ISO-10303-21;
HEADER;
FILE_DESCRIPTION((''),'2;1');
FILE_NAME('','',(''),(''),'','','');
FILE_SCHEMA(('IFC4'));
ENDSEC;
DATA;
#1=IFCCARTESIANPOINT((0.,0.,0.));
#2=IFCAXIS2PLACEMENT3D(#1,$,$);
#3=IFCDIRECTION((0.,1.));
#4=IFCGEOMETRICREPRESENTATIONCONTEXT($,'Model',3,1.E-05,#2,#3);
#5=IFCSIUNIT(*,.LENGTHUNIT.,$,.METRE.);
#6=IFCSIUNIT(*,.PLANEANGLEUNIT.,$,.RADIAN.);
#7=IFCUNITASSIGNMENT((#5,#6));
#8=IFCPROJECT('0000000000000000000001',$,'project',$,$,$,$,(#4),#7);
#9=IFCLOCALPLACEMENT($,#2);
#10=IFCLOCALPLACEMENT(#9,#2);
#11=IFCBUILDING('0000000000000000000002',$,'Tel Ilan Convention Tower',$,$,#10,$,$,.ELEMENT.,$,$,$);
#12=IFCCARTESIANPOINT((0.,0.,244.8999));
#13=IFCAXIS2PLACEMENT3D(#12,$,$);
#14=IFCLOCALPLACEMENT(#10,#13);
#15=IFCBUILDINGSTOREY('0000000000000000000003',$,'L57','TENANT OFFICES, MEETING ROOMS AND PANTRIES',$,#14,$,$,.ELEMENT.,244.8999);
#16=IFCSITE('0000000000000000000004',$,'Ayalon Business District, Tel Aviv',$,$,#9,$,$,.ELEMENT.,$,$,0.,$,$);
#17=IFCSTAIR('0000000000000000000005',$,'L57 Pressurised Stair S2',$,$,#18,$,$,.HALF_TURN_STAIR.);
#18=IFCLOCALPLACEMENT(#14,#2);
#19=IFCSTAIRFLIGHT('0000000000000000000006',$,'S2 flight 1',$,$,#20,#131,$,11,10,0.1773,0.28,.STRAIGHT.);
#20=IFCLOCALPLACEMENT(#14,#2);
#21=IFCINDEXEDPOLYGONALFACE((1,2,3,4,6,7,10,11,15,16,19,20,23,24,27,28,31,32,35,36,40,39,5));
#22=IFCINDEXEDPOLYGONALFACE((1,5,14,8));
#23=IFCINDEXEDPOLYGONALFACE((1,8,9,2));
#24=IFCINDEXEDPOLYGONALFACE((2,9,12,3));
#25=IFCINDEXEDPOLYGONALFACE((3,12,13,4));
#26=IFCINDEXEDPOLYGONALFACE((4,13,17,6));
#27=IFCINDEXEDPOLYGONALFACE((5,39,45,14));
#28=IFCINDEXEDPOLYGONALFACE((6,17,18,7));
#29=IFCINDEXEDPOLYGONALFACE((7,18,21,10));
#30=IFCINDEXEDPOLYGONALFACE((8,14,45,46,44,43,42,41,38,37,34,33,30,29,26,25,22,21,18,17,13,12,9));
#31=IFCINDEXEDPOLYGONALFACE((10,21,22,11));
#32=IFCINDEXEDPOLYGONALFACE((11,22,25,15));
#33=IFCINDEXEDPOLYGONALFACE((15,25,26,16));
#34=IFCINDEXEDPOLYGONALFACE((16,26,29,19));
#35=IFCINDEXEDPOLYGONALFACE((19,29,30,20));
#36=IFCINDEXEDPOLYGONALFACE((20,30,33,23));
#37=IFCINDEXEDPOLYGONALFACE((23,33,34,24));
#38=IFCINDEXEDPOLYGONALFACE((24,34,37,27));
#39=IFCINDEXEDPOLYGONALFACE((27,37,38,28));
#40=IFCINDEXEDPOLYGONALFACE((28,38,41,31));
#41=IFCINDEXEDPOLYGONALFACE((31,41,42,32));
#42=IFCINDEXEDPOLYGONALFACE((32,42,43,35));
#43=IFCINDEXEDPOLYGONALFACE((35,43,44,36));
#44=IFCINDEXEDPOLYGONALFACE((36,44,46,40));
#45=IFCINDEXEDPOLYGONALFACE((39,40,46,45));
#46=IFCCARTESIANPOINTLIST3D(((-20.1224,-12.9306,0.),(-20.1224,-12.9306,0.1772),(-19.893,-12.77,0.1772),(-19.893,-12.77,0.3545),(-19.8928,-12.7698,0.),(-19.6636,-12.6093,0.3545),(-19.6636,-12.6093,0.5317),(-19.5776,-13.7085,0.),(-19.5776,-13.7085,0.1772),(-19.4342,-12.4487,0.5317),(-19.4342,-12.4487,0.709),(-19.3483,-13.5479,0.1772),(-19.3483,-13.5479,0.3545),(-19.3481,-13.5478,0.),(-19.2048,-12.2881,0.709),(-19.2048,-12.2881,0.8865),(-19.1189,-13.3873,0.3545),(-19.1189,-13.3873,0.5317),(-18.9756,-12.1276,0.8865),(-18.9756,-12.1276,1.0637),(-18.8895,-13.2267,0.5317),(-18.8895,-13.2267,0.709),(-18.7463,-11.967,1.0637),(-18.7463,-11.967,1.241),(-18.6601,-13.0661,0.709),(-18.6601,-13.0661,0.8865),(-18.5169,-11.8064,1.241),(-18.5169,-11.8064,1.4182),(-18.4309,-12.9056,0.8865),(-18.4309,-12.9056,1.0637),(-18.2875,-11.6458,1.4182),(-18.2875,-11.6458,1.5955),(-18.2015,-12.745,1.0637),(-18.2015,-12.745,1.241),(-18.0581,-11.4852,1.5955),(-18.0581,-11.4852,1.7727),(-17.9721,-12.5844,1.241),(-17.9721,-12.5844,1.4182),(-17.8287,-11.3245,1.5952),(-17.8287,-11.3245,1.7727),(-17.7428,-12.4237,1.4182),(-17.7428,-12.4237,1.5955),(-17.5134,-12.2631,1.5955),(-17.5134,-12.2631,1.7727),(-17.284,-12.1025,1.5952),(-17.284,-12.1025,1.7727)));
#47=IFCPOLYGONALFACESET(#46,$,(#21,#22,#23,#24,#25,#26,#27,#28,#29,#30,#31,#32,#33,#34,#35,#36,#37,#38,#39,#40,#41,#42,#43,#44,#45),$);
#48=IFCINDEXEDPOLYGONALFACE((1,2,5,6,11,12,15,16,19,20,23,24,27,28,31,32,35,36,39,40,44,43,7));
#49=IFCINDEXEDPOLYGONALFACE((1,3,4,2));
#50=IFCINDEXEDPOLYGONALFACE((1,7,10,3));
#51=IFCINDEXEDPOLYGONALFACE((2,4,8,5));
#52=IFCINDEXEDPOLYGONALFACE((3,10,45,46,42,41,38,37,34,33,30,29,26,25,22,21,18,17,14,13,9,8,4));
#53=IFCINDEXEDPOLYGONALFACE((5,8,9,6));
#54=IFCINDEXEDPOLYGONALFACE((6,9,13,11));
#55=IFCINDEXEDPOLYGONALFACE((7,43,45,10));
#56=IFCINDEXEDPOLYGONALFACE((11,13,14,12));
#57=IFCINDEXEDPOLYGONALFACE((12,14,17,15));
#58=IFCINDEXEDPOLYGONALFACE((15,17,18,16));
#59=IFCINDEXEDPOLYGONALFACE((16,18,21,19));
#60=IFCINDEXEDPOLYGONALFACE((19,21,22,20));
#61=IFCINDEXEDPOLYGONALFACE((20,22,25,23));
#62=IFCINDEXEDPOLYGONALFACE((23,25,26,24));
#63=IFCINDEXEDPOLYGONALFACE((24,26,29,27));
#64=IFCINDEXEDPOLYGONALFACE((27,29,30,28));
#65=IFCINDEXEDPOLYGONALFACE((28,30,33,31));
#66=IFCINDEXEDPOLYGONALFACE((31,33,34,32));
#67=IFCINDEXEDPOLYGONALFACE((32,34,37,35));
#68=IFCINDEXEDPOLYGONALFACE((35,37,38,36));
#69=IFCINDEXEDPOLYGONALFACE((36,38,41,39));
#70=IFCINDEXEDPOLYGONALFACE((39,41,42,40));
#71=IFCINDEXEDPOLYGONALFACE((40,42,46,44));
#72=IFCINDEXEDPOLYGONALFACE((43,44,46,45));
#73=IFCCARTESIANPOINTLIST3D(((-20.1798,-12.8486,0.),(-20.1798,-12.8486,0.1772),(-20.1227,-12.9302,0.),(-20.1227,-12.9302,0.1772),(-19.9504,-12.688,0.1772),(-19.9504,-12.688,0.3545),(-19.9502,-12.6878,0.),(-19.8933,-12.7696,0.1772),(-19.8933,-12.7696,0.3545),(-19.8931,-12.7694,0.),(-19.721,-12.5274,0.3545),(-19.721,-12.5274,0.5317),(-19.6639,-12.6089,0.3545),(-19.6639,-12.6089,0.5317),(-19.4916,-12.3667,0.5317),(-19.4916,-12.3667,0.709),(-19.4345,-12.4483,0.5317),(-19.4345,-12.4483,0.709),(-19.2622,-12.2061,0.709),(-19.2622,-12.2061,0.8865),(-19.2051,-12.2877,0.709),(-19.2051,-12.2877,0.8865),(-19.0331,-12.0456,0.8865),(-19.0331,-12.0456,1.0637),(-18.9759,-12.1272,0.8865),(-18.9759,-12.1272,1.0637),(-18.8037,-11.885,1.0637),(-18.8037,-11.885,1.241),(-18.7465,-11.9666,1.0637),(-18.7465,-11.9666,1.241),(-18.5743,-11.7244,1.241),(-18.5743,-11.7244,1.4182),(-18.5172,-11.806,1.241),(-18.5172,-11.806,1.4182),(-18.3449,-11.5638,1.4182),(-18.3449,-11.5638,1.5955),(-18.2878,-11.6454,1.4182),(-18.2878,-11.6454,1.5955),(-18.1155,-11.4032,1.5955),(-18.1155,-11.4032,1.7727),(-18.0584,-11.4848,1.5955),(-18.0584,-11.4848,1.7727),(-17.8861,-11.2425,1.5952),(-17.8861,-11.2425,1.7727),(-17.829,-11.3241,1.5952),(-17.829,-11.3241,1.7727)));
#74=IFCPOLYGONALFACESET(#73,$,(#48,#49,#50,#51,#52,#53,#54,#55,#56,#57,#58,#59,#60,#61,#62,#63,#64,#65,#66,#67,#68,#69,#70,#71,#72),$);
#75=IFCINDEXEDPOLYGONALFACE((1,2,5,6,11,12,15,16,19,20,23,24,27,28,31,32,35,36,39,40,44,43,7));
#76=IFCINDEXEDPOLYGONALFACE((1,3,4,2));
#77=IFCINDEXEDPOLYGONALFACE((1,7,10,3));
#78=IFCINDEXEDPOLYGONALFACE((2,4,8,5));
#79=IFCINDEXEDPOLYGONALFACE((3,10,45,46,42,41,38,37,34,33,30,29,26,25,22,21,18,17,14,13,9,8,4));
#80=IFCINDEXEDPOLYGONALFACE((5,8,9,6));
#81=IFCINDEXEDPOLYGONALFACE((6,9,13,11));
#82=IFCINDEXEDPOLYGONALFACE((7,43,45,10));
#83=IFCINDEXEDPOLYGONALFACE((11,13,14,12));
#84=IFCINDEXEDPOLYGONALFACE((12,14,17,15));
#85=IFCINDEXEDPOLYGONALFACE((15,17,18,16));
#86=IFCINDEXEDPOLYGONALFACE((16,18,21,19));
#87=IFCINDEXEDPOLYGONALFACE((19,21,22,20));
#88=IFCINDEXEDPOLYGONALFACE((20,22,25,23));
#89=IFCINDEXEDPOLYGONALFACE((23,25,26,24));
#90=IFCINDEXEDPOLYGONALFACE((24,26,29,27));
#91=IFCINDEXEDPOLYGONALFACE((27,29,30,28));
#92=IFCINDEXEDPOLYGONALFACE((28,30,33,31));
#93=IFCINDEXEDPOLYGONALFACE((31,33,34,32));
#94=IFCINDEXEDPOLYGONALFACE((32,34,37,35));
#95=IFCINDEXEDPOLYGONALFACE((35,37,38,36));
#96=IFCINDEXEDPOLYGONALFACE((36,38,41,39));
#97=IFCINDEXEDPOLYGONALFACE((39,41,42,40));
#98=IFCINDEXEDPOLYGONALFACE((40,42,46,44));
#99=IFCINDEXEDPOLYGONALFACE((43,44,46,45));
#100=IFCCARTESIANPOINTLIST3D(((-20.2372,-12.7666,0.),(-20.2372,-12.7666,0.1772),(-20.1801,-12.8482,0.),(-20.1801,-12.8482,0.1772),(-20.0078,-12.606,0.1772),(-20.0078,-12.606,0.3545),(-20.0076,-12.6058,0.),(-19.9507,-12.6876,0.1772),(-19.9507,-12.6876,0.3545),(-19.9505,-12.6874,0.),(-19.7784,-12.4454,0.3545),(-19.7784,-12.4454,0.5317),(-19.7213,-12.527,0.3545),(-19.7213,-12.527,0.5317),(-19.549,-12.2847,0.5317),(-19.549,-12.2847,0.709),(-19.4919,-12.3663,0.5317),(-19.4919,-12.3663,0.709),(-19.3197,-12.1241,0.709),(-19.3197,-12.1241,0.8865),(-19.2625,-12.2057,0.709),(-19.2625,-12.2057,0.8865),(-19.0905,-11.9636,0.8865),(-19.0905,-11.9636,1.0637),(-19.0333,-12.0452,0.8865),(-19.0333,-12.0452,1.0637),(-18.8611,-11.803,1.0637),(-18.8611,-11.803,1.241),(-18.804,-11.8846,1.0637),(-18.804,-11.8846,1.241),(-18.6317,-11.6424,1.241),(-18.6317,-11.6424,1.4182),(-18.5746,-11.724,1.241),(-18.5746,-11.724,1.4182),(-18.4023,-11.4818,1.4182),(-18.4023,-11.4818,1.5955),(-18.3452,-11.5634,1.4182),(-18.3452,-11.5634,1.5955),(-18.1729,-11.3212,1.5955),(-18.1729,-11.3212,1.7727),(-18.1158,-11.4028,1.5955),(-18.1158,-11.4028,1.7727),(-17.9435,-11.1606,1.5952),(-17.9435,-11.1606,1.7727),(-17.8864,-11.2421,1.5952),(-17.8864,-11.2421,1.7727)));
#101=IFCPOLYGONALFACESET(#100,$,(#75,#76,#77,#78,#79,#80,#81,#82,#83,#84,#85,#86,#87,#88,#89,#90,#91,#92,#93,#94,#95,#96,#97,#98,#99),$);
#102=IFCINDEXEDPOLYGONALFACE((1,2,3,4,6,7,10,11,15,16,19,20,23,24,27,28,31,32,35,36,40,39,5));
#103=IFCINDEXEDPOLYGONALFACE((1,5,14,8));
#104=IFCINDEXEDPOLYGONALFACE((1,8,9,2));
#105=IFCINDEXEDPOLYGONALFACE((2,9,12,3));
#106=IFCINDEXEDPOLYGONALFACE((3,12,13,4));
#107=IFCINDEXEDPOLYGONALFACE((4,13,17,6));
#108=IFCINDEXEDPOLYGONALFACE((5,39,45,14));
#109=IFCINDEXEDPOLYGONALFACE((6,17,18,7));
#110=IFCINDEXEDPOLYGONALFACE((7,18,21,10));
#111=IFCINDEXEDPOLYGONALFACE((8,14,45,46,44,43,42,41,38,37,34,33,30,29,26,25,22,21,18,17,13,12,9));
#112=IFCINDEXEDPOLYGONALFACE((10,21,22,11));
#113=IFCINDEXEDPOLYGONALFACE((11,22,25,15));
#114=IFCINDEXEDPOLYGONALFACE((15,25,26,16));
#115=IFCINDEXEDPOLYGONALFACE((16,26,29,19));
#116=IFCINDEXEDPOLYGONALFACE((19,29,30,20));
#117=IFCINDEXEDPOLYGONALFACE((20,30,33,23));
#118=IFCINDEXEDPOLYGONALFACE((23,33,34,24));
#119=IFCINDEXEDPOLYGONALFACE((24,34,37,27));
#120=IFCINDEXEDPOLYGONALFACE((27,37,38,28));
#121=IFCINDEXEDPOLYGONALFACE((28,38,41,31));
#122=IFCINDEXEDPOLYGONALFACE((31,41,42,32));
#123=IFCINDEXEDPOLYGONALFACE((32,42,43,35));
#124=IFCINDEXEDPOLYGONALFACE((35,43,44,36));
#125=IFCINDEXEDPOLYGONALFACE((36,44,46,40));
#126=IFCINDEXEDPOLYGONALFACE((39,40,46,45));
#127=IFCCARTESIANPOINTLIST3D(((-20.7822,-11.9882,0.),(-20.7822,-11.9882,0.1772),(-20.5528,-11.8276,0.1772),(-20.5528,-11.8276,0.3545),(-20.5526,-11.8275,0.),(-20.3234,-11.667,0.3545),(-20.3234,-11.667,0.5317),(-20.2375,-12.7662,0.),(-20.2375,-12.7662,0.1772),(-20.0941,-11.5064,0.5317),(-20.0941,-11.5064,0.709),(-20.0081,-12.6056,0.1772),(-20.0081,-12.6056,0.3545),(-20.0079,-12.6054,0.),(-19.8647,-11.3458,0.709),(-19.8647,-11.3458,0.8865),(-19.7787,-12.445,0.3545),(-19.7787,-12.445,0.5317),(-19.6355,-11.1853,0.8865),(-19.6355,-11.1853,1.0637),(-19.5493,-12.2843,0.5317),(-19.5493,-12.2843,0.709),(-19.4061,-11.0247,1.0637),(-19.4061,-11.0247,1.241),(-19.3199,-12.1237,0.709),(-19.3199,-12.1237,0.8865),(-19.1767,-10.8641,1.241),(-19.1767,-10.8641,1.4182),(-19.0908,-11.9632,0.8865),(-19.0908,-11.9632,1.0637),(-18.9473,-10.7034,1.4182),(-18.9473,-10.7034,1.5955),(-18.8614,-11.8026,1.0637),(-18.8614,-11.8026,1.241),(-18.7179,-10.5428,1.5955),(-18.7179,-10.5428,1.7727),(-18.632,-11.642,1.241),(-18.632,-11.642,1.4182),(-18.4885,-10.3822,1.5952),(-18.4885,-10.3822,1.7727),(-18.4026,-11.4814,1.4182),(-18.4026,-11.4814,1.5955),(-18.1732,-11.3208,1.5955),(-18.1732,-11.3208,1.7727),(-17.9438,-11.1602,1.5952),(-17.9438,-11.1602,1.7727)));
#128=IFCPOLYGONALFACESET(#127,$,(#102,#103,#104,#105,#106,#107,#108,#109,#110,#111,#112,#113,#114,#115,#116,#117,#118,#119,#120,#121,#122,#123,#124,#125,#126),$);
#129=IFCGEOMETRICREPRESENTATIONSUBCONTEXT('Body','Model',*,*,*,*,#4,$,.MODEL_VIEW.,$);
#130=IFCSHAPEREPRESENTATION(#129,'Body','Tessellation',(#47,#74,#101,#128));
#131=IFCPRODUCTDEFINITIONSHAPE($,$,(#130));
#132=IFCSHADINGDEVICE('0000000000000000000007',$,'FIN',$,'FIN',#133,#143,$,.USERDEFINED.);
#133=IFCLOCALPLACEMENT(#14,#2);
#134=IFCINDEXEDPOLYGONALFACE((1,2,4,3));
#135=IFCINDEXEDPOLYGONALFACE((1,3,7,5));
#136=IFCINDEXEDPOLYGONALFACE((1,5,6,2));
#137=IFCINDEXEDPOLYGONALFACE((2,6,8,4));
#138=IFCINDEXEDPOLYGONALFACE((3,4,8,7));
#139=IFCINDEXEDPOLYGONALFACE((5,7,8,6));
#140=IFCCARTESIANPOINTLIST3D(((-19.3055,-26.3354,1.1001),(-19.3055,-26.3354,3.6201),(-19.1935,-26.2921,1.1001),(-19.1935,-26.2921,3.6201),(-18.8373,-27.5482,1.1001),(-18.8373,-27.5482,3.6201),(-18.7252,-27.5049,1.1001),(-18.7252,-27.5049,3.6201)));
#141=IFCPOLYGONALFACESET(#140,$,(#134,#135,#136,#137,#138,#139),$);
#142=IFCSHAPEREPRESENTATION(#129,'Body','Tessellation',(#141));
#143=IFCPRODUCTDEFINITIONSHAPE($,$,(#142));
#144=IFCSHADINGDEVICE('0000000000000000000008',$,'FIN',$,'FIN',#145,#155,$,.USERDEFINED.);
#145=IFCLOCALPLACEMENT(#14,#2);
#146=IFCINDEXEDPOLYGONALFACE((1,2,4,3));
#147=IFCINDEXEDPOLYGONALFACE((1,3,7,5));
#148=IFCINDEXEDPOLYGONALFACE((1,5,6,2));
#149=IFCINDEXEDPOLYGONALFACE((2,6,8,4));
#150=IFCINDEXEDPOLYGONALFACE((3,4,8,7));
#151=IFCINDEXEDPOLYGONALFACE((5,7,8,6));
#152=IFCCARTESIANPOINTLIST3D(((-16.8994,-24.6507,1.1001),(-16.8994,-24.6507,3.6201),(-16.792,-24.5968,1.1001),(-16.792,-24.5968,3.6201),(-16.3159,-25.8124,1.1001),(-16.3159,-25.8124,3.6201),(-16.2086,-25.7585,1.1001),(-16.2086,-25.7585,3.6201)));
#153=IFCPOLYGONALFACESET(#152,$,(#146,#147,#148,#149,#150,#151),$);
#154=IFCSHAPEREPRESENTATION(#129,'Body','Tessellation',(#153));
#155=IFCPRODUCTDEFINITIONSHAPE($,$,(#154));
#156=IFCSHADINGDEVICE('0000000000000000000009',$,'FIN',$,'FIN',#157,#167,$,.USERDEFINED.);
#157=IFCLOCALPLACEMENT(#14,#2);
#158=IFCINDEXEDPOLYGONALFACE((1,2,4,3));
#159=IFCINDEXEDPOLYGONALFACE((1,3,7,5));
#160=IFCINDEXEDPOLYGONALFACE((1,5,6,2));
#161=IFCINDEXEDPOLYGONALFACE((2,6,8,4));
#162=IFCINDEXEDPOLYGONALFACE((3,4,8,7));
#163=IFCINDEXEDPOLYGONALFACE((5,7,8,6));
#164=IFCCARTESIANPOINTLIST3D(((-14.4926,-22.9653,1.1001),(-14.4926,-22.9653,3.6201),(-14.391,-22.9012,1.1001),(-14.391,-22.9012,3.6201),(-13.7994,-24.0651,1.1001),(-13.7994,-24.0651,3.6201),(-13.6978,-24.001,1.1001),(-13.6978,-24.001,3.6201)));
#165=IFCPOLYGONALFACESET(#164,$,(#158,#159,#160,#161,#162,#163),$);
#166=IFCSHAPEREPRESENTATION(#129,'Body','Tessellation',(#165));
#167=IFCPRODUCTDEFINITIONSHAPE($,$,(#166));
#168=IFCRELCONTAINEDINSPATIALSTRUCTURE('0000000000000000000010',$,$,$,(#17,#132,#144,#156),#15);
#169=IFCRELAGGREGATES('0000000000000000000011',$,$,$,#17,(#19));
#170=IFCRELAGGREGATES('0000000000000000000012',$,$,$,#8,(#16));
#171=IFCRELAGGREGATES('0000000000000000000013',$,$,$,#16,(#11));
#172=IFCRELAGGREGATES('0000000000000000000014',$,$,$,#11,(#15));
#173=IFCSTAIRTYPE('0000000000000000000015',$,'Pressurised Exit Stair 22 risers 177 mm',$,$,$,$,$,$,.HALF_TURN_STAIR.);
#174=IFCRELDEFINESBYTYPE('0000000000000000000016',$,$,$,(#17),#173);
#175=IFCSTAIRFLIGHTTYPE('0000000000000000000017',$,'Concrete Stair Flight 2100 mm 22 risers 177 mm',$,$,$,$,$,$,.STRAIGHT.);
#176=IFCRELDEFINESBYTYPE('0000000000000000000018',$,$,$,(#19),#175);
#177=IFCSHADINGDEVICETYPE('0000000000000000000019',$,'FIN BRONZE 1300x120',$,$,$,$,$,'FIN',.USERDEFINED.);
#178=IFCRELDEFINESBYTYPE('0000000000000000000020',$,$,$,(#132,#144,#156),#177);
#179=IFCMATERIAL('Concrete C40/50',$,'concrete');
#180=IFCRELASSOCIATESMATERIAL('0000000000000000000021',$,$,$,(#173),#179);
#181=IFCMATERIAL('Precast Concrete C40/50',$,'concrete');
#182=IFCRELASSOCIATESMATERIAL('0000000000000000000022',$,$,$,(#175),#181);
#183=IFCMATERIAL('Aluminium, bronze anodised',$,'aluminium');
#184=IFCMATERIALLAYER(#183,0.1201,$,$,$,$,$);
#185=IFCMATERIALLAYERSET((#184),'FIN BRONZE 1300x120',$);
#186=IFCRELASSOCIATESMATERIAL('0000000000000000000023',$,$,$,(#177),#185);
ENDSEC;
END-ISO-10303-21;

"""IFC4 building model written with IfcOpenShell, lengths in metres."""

from ifc_helpers import new_model, si_unit, direction, frame, origin, origin_2d, place, context, subcontext, project, spatial, polyline, rectangle, outline, extrude, material, layer, layer_set, type_object, element, aggregate, save


model = new_model("IFC4")

# Units and contexts
model_context = context("Model", 3, precision=1e-05, world=origin(), true_north=direction((0.0, 1.0)))
body_context = subcontext(model_context, "Body", "Model", "MODEL_VIEW")
ifc_project = project(units=[si_unit("LENGTHUNIT", "METRE"), si_unit("PLANEANGLEUNIT", "RADIAN")], contexts=[model_context])

# Site, building, storey
site_placement = place(None, origin())
site = spatial("IfcSite", under=ifc_project, at=site_placement, Name="Ayalon Business District, Tel Aviv", CompositionType="ELEMENT", RefElevation=0.0)
building_placement = place(site_placement, origin())
building = spatial("IfcBuilding", under=site, at=building_placement, Name="Tel Ilan Convention Tower", CompositionType="ELEMENT")
storey_placement = place(building_placement, frame((0.0, 0.0, 244.8999)))
storey = spatial("IfcBuildingStorey", under=building, at=storey_placement, Name="L57", Description="TENANT OFFICES, MEETING ROOMS AND PANTRIES", CompositionType="ELEMENT", Elevation=244.8999)

# Stair, stair flight
ifc_material_1 = material(Name="Concrete C40/50", Category="concrete")
stair_type = type_object("IfcStairType", Name="Pressurised Exit Stair 22 risers 177 mm", PredefinedType="HALF_TURN_STAIR", material=ifc_material_1)
stair_placement = place(storey_placement, origin())
stair = element("IfcStair", 1, at=stair_placement, inside=storey, type_object=stair_type, Name="L57 Pressurised Stair S2", PredefinedType="HALF_TURN_STAIR")
ifc_material_2 = material(Name="Precast Concrete C40/50", Category="concrete")
stair_flight_type = type_object("IfcStairFlightType", Name="Concrete Stair Flight 2100 mm 22 risers 177 mm", PredefinedType="STRAIGHT", material=ifc_material_2)
stair_flight_placement = place(storey_placement, frame((-20.1799, -12.8484, 0.0), z_axis=(0.0, 0.0, 1.0), x_axis=(0.819152, 0.573576, 0.0)))
stair_flight = element("IfcStairFlight", 2, at=stair_flight_placement, type_object=stair_flight_type, Name="S2 flight 1", NumberOfRisers=11, NumberOfTreads=10, PredefinedType="STRAIGHT", RiserHeight=0.1773, TreadLength=0.28, context=body_context, shape_type="SweptSolid", body=[
    extrude(outline(polyline([(0.0, 0.0), (0.0, 0.1772), (0.28, 0.1772), (0.28, 0.3545), (0.5601, 0.3545), (0.5601, 0.5317), (0.8401, 0.5317), (0.8401, 0.709), (1.1201, 0.709), (1.1201, 0.8865), (1.3999, 0.8865), (1.3999, 1.0637), (1.6799, 1.0637), (1.6799, 1.241), (1.96, 1.241), (1.96, 1.4182), (2.24, 1.4182), (2.24, 1.5955), (2.52, 1.5955), (2.52, 1.7727), (2.8, 1.7727), (2.8, 1.95), (2.8, 1.5952), (0.2803, 0.0), (0.0, 0.0)])), frame((0.0, -0.1003, 0.0), z_axis=(0.0, -1.0, 0.0), x_axis=(1.0, 0.0, 0.0)), (0.0, 0.0, 1.0), 0.9497),
    extrude(outline(polyline([(0.0, 0.0), (0.0, 0.1772), (0.28, 0.1772), (0.28, 0.3545), (0.5601, 0.3545), (0.5601, 0.5317), (0.8401, 0.5317), (0.8401, 0.709), (1.1201, 0.709), (1.1201, 0.8865), (1.3999, 0.8865), (1.3999, 1.0637), (1.6799, 1.0637), (1.6799, 1.241), (1.96, 1.241), (1.96, 1.4182), (2.24, 1.4182), (2.24, 1.5955), (2.52, 1.5955), (2.52, 1.7727), (2.8, 1.7727), (2.8, 1.95), (2.8, 1.5952), (0.2803, 0.0), (0.0, 0.0)])), frame((0.0, -0.0002, 0.0), z_axis=(0.0, -1.0, 0.0), x_axis=(1.0, 0.0, 0.0)), (0.0, 0.0, 1.0), 0.0996),
    extrude(outline(polyline([(0.0, 0.0), (0.0, 0.1772), (0.28, 0.1772), (0.28, 0.3545), (0.5601, 0.3545), (0.5601, 0.5317), (0.8401, 0.5317), (0.8401, 0.709), (1.1201, 0.709), (1.1201, 0.8865), (1.3999, 0.8865), (1.3999, 1.0637), (1.6799, 1.0637), (1.6799, 1.241), (1.96, 1.241), (1.96, 1.4182), (2.24, 1.4182), (2.24, 1.5955), (2.52, 1.5955), (2.52, 1.7727), (2.8, 1.7727), (2.8, 1.95), (2.8, 1.5952), (0.2803, 0.0), (0.0, 0.0)])), frame((0.0, 0.0999, 0.0), z_axis=(0.0, -1.0, 0.0), x_axis=(1.0, 0.0, 0.0)), (0.0, 0.0, 1.0), 0.0996),
    extrude(outline(polyline([(0.0, 0.0), (0.0, 0.1772), (0.28, 0.1772), (0.28, 0.3545), (0.5601, 0.3545), (0.5601, 0.5317), (0.8401, 0.5317), (0.8401, 0.709), (1.1201, 0.709), (1.1201, 0.8865), (1.3999, 0.8865), (1.3999, 1.0637), (1.6799, 1.0637), (1.6799, 1.241), (1.96, 1.241), (1.96, 1.4182), (2.24, 1.4182), (2.24, 1.5955), (2.52, 1.5955), (2.52, 1.7727), (2.8, 1.7727), (2.8, 1.95), (2.8, 1.5952), (0.2803, 0.0), (0.0, 0.0)])), frame((0.0, 1.05, 0.0), z_axis=(0.0, -1.0, 0.0), x_axis=(1.0, 0.0, 0.0)), (0.0, 0.0, 1.0), 0.9497),
])
aggregate(stair, [stair_flight])

# Shading devices
ifc_material_3 = material(Name="Aluminium, bronze anodised", Category="aluminium")
ifc_layer_1 = layer(ifc_material_3, 0.1201)
ifc_layer_set_1 = layer_set([ifc_layer_1], Name="FIN BRONZE 1300x120")
shading_device_type = type_object("IfcShadingDeviceType", Name="FIN BRONZE 1300x120", ElementType="FIN", PredefinedType="USERDEFINED", material=ifc_layer_set_1)
for number, where, z_axis, x_axis, name in (
    (3, (-19.0154, -26.9202, 1.1001), (0.0, 0.0, 1.0), (0.360178, -0.932884, 0.0), "FIN"),
    (4, (-16.554, -25.2046, 1.1001), (0.0, 0.0, 1.0), (0.448799, -0.893633, 0.0), "FIN"),
    (5, (-14.0952, -23.4832, 1.1001), (0.0, 0.0, 1.0), (0.533204, -0.845986, 0.0), "FIN"),
):
    element("IfcShadingDevice", number, at=place(storey_placement, frame(where, z_axis=z_axis, x_axis=x_axis)), inside=storey, type_object=shading_device_type, Name=name, ObjectType="FIN", PredefinedType="USERDEFINED", context=body_context, shape_type="SweptSolid", body=[
        extrude(rectangle(XDim=1.3, YDim=0.1201, at=origin_2d()), origin(), (0.0, 0.0, 1.0), 2.52),
    ])

save(model, "model.ifc")
